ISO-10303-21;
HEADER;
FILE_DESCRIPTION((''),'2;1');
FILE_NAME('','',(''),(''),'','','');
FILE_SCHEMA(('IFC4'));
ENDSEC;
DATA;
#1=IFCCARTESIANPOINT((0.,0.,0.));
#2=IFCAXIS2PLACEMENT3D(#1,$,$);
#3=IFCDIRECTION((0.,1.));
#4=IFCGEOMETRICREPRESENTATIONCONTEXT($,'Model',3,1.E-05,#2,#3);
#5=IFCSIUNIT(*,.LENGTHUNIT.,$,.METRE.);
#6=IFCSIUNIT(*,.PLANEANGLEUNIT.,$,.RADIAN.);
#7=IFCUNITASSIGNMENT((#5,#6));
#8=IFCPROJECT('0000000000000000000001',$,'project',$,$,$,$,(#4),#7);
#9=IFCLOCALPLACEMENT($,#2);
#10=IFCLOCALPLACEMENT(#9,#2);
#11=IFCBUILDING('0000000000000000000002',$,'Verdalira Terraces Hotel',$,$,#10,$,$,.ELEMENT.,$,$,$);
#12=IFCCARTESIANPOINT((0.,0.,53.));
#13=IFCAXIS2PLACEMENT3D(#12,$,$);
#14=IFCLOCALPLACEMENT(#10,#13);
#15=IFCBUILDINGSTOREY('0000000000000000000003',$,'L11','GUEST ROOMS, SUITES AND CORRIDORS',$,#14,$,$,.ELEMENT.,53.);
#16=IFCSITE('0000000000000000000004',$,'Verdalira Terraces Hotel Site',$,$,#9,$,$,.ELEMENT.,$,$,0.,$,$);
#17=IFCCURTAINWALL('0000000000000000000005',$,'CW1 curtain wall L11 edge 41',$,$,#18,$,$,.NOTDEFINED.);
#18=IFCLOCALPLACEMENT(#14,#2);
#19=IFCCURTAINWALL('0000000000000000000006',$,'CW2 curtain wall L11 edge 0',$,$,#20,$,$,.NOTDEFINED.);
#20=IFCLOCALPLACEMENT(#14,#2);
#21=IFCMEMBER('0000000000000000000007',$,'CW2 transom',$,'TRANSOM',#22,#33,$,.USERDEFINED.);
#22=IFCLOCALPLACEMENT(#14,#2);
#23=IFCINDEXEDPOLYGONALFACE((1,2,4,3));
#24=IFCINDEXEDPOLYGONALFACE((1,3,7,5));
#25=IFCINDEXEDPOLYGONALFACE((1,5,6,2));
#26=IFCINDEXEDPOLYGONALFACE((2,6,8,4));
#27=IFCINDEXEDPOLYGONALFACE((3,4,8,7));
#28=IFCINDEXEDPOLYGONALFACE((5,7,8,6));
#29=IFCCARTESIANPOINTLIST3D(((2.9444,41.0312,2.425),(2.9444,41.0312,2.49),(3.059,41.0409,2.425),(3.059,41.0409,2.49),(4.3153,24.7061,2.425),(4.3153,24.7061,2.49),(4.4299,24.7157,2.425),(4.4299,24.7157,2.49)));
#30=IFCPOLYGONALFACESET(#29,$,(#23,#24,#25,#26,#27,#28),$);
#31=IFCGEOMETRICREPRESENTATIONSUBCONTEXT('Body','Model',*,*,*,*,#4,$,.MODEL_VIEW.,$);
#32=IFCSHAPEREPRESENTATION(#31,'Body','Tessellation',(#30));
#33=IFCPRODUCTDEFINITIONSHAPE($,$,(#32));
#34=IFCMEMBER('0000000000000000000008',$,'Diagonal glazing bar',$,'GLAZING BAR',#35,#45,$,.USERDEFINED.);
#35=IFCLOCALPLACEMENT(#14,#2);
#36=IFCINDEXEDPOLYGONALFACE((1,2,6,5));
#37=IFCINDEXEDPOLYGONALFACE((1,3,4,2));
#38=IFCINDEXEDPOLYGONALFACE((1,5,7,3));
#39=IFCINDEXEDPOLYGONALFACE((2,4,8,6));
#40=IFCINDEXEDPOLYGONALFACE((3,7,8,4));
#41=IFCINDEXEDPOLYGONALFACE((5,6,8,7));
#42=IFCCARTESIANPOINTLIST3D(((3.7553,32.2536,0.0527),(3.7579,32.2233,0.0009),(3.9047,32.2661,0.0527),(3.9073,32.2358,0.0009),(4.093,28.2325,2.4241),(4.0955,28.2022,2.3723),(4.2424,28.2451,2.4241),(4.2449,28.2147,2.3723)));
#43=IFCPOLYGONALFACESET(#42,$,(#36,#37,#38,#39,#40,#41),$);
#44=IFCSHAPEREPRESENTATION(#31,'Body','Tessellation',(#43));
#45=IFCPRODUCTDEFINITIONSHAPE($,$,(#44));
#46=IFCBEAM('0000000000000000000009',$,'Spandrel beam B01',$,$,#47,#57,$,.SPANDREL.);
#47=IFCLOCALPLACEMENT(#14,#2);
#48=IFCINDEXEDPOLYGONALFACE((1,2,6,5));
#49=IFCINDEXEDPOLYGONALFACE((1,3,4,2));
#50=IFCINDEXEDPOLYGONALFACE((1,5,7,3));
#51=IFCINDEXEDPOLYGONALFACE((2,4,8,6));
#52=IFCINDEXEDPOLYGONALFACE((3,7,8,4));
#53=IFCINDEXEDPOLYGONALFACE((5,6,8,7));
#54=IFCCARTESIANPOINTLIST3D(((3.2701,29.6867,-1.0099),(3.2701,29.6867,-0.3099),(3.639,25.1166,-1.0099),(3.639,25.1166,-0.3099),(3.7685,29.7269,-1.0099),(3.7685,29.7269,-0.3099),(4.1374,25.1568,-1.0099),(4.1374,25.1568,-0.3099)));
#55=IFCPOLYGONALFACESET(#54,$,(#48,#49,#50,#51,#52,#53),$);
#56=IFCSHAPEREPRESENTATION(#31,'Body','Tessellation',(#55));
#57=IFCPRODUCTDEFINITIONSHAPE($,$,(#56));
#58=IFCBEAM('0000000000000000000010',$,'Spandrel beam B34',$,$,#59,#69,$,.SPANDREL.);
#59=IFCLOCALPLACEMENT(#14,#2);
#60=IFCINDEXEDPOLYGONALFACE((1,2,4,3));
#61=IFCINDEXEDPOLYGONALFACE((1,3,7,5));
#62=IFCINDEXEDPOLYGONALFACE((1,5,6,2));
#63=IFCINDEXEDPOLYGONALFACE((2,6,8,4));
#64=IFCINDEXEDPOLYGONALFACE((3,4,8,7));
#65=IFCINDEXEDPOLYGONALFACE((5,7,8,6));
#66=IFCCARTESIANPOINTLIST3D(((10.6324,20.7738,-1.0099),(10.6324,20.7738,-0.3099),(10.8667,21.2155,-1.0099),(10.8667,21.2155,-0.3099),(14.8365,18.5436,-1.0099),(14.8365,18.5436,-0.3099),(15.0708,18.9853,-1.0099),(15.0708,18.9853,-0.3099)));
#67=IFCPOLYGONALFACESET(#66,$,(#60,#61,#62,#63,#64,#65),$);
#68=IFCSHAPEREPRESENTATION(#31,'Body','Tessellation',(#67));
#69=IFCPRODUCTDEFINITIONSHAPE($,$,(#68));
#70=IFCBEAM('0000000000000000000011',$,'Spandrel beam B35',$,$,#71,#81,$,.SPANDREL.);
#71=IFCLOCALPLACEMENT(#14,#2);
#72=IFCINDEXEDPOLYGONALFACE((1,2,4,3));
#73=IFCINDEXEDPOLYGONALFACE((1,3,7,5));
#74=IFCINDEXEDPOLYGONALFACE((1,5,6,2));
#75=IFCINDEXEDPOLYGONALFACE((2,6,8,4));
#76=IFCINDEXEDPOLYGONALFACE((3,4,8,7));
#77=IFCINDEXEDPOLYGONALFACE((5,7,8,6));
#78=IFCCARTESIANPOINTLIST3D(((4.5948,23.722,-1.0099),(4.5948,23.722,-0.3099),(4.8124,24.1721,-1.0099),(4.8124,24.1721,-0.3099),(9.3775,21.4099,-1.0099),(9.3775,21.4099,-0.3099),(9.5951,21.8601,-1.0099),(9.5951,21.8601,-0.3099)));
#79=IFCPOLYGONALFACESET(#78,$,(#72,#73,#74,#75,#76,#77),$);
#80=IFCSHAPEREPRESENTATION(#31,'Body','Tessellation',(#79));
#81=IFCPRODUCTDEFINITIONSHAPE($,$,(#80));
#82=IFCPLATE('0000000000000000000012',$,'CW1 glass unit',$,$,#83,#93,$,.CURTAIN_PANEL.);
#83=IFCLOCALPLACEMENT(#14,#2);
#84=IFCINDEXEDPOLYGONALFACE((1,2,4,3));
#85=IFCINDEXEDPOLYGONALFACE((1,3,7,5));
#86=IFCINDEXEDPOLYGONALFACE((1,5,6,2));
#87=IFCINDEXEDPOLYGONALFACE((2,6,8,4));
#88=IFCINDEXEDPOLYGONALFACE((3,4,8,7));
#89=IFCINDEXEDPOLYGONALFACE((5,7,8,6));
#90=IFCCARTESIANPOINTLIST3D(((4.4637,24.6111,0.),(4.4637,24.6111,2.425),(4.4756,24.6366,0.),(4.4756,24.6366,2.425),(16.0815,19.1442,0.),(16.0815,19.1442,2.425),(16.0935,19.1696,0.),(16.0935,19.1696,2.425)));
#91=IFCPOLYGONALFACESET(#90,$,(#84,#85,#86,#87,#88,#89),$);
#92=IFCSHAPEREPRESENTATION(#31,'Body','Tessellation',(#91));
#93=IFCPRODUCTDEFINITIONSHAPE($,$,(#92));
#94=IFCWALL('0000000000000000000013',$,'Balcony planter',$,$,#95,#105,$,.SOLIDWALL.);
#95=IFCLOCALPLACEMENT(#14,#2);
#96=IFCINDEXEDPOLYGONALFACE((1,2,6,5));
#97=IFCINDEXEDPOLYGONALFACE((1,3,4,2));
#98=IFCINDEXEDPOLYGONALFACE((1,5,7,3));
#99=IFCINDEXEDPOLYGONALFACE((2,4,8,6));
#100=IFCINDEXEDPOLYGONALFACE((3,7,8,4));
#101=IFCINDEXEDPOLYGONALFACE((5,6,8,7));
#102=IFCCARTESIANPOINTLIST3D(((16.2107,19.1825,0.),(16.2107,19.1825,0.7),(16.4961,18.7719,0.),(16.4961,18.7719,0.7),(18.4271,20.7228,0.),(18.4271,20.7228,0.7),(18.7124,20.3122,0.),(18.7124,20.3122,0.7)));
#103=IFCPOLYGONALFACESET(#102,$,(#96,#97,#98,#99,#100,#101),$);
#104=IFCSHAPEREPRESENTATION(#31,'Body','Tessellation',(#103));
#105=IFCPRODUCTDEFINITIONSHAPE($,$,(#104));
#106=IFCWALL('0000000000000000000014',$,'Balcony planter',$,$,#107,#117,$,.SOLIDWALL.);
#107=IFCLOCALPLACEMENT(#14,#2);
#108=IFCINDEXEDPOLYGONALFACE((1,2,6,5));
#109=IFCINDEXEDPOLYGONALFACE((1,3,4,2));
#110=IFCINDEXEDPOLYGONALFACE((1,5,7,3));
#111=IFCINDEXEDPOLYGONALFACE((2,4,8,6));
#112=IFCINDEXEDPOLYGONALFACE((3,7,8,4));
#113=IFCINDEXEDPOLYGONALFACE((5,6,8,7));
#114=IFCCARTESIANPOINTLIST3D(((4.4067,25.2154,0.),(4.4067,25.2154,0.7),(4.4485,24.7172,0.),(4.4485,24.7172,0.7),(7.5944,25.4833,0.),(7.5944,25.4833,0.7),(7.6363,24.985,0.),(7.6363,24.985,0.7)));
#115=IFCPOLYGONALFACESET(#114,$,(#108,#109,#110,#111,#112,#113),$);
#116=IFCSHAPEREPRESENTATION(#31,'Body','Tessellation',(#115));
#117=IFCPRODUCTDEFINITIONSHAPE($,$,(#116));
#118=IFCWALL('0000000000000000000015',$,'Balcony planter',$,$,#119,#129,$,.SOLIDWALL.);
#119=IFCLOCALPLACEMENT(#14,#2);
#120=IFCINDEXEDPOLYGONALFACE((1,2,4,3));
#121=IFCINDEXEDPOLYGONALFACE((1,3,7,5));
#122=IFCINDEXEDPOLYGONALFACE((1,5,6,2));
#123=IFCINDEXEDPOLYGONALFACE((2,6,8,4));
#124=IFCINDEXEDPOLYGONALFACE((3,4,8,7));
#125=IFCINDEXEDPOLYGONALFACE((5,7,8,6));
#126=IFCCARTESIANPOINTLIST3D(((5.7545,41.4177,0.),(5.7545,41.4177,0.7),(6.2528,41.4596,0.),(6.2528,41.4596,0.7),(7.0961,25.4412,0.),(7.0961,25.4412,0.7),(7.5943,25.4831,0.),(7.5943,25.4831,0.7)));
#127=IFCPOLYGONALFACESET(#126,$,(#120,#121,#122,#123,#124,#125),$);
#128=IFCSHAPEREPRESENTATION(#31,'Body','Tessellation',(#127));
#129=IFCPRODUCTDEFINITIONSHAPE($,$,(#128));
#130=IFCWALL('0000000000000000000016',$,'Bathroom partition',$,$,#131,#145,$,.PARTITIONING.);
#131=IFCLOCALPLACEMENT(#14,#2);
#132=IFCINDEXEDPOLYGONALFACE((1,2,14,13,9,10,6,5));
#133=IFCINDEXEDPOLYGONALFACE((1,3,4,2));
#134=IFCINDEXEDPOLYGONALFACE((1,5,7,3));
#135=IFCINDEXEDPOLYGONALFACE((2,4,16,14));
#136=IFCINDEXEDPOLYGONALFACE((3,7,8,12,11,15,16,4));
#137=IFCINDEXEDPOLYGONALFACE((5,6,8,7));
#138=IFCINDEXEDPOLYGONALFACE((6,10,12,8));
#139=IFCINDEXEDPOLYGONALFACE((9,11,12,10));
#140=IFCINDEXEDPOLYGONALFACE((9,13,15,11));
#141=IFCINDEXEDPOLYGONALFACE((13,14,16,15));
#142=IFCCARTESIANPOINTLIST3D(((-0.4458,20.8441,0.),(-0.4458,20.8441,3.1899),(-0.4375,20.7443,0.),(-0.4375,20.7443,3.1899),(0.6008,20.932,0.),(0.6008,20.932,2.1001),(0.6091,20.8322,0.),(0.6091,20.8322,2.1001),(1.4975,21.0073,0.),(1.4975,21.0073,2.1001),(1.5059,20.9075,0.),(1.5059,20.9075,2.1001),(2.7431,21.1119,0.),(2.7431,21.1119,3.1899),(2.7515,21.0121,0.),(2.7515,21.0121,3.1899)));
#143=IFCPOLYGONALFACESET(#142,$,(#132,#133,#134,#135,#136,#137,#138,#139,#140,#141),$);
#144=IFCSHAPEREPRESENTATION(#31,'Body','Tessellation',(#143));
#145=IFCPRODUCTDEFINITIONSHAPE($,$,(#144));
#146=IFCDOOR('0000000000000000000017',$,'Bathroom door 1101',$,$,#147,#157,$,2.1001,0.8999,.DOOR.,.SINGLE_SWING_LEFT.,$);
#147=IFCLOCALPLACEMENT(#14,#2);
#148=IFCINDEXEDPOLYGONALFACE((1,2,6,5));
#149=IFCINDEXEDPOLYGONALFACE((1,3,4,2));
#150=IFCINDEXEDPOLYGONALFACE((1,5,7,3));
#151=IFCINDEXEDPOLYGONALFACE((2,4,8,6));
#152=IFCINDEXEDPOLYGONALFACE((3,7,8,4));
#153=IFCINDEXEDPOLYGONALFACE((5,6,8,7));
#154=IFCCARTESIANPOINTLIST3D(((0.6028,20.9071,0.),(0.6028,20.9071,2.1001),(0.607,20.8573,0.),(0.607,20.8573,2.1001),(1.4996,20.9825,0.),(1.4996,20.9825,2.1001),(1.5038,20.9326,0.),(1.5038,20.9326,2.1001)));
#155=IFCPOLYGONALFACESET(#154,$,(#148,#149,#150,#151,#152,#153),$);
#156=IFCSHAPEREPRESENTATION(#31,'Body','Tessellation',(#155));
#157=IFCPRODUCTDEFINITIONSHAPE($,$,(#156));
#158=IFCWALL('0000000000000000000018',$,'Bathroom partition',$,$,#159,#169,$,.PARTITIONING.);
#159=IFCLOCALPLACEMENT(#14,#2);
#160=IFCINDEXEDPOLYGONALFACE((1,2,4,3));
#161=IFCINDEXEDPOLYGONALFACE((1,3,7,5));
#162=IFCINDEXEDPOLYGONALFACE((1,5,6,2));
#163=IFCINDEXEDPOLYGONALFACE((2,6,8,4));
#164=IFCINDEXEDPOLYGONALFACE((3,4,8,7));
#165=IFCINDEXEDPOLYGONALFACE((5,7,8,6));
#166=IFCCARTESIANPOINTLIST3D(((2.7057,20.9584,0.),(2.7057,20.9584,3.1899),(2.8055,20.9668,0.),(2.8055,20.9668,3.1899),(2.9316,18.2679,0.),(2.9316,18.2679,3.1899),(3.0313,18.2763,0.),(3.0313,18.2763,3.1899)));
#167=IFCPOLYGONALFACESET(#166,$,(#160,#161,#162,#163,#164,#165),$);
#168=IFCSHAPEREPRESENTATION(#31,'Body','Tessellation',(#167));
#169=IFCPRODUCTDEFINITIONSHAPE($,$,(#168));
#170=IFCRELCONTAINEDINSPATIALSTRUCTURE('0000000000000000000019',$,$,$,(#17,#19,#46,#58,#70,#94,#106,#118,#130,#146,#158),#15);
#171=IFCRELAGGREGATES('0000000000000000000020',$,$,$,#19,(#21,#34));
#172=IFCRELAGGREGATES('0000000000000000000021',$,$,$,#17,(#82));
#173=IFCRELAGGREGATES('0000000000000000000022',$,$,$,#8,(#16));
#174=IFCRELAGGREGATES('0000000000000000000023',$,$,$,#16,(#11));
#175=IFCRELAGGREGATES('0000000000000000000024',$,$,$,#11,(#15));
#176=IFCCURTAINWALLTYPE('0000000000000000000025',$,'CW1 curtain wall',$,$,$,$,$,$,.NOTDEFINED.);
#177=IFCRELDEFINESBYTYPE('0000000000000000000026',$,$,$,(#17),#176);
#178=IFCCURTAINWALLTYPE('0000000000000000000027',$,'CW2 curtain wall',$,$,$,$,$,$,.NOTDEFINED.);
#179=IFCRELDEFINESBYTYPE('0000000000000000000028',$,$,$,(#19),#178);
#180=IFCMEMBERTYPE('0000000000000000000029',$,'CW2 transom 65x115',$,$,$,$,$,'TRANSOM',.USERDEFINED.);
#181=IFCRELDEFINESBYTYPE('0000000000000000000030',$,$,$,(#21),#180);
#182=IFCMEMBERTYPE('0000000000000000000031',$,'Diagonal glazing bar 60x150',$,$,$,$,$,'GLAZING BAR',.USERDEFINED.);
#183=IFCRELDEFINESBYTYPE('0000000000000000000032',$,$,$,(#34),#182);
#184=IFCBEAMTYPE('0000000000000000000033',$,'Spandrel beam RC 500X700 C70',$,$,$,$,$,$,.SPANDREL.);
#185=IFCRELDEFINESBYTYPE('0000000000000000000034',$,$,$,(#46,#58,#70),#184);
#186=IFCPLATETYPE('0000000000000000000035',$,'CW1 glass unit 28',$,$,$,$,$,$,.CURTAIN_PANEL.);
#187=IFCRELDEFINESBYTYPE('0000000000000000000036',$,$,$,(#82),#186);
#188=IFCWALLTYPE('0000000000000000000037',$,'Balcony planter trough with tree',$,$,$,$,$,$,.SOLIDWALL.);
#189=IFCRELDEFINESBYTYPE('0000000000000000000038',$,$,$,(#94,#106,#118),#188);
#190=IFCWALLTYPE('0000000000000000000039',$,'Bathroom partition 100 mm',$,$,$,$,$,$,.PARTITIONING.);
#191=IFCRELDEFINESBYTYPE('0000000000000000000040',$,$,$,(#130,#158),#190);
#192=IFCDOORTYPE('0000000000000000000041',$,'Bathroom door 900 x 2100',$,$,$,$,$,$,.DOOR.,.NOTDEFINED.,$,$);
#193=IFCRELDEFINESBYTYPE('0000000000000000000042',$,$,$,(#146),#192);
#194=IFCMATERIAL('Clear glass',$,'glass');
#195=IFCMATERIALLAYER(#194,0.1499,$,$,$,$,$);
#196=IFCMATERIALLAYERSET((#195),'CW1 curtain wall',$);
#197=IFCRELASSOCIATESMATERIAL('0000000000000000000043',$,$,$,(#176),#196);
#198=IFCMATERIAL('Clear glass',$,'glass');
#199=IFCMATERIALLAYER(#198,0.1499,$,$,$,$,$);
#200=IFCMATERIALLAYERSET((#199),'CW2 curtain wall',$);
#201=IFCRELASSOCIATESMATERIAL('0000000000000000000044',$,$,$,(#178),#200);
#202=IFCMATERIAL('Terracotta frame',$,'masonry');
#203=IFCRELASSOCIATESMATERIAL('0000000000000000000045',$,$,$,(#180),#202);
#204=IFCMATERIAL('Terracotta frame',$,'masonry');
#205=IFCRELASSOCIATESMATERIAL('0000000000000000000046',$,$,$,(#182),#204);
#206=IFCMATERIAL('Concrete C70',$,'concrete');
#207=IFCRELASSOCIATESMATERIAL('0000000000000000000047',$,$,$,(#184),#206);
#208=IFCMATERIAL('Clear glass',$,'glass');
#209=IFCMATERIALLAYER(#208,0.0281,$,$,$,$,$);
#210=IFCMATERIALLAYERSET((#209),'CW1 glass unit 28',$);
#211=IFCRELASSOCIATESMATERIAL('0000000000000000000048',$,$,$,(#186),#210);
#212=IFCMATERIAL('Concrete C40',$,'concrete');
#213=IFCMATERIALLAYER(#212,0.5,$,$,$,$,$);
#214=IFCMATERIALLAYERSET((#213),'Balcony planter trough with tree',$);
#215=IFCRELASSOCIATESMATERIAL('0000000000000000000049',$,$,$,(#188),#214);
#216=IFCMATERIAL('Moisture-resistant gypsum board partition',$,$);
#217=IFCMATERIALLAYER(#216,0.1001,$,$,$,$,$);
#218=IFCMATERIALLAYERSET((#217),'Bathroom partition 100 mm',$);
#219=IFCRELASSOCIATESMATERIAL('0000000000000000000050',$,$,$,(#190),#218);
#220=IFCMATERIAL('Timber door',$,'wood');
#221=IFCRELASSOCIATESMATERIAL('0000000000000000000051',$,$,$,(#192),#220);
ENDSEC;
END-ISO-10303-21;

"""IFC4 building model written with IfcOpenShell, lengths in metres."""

from ifc_helpers import new_model, si_unit, direction, frame, frame_2d, origin, origin_2d, place, context, subcontext, project, spatial, rectangle, extrude, material, layer, layer_set, material_profile, profile_set, type_object, element, fill, aggregate, save


model = new_model("IFC4")

# Units and contexts
model_context = context("Model", 3, precision=1e-05, world=origin(), true_north=direction((0.0, 1.0)))
body_context = subcontext(model_context, "Body", "Model", "MODEL_VIEW")
ifc_project = project(units=[si_unit("LENGTHUNIT", "METRE"), si_unit("PLANEANGLEUNIT", "RADIAN")], contexts=[model_context])

# Site, building, storey
site_placement = place(None, origin())
site = spatial("IfcSite", under=ifc_project, at=site_placement, Name="Verdalira Terraces Hotel Site", CompositionType="ELEMENT", RefElevation=0.0)
building_placement = place(site_placement, origin())
building = spatial("IfcBuilding", under=site, at=building_placement, Name="Verdalira Terraces Hotel", CompositionType="ELEMENT")
storey_placement = place(building_placement, frame((0.0, 0.0, 53.0)))
storey = spatial("IfcBuildingStorey", under=building, at=storey_placement, Name="L11", Description="GUEST ROOMS, SUITES AND CORRIDORS", CompositionType="ELEMENT", Elevation=53.0)

# Shared definitions
ifc_material_1 = material(Name="Clear glass", Category="glass")
ifc_layer_1 = layer(ifc_material_1, 0.1499)
ifc_layer_set_1 = layer_set([ifc_layer_1], Name="CW1 curtain wall")
curtain_wall_type_1 = type_object("IfcCurtainWallType", Name="CW1 curtain wall", PredefinedType="NOTDEFINED", material=ifc_layer_set_1)

# Curtain walls, members
curtain_wall_1_placement = place(storey_placement, origin())
curtain_wall_1 = element("IfcCurtainWall", 1, at=curtain_wall_1_placement, inside=storey, type_object=curtain_wall_type_1, Name="CW1 curtain wall L11 edge 41", PredefinedType="NOTDEFINED")
ifc_material_2 = material(Name="Clear glass", Category="glass")
ifc_layer_2 = layer(ifc_material_2, 0.1499)
ifc_layer_set_2 = layer_set([ifc_layer_2], Name="CW2 curtain wall")
curtain_wall_type_2 = type_object("IfcCurtainWallType", Name="CW2 curtain wall", PredefinedType="NOTDEFINED", material=ifc_layer_set_2)
curtain_wall_2_placement = place(storey_placement, origin())
curtain_wall_2 = element("IfcCurtainWall", 2, at=curtain_wall_2_placement, inside=storey, type_object=curtain_wall_type_2, Name="CW2 curtain wall L11 edge 0", PredefinedType="NOTDEFINED")
ifc_material_3 = material(Name="Terracotta frame", Category="masonry")
ifc_material_profile_1 = material_profile(ifc_material_3, rectangle(XDim=0.115, YDim=0.0649, at=origin_2d()), Name="TR 65x115")
ifc_profile_set_1 = profile_set([ifc_material_profile_1], Name="Terracotta frame")
member_type_1 = type_object("IfcMemberType", Name="CW2 transom 65x115", ElementType="TRANSOM", PredefinedType="USERDEFINED", material=ifc_profile_set_1)
member_1_placement = place(storey_placement, frame((4.3726, 24.7109, 2.4575), z_axis=(-0.083677, 0.996493, 0.0), x_axis=(-0.996493, -0.083677, 0.0)))
member_1 = element("IfcMember", 3, at=member_1_placement, type_object=member_type_1, Name="CW2 transom", ObjectType="TRANSOM", PredefinedType="USERDEFINED", context=body_context, shape_type="SweptSolid", body=[
    extrude(rectangle(XDim=0.115, YDim=0.0649, at=origin_2d()), origin(), (0.0, 0.0, 1.0), 16.3826),
])
ifc_material_4 = material(Name="Terracotta frame", Category="masonry")
ifc_material_profile_2 = material_profile(ifc_material_4, rectangle(XDim=0.1499, YDim=0.0601, at=origin_2d()), Name="GB 60x150")
ifc_profile_set_2 = profile_set([ifc_material_profile_2], Name="Terracotta frame")
member_type_2 = type_object("IfcMemberType", Name="Diagonal glazing bar 60x150", ElementType="GLAZING BAR", PredefinedType="USERDEFINED", material=ifc_profile_set_2)
member_2_placement = place(storey_placement, frame((4.1689, 28.2236, 2.3982), z_axis=(-0.072141, 0.859123, -0.506658), x_axis=(-0.996493, -0.083676, 0.0)))
member_2 = element("IfcMember", 4, at=member_2_placement, type_object=member_type_2, Name="Diagonal glazing bar", ObjectType="GLAZING BAR", PredefinedType="USERDEFINED", context=body_context, shape_type="SweptSolid", body=[
    extrude(rectangle(XDim=0.1499, YDim=0.0601, at=origin_2d()), origin(), (0.0, 0.0, 1.0), 4.6804),
])
aggregate(curtain_wall_2, [member_1, member_2])

# Beams
ifc_material_5 = material(Name="Concrete C70", Category="concrete")
ifc_material_profile_3 = material_profile(ifc_material_5, rectangle(XDim=0.5, YDim=0.7, at=origin_2d()), Name="RC 500X700")
ifc_profile_set_3 = profile_set([ifc_material_profile_3], Name="Concrete C70")
beam_type_1 = type_object("IfcBeamType", Name="Spandrel beam RC 500X700 C70", PredefinedType="SPANDREL", material=ifc_profile_set_3)
beam_1_placement = place(storey_placement, frame((3.8882, 25.1367, -0.6599), z_axis=(-0.080458, 0.996758, 0.0), x_axis=(-0.996758, -0.080458, 0.0)))
element("IfcBeam", 5, at=beam_1_placement, inside=storey, type_object=beam_type_1, Name="Spandrel beam B01", PredefinedType="SPANDREL", context=body_context, shape_type="SweptSolid", body=[
    extrude(rectangle(XDim=0.5, YDim=0.7, at=origin_2d()), origin(), (0.0, 0.0, 1.0), 4.585),
])
beam_2_placement = place(storey_placement, frame((14.9536, 18.7644, -0.6599), z_axis=(-0.883395, 0.46863, 0.0), x_axis=(-0.46863, -0.883395, 0.0)))
element("IfcBeam", 6, at=beam_2_placement, inside=storey, type_object=beam_type_1, Name="Spandrel beam B34", PredefinedType="SPANDREL", context=body_context, shape_type="SweptSolid", body=[
    extrude(rectangle(XDim=0.5, YDim=0.7, at=origin_2d()), origin(), (0.0, 0.0, 1.0), 4.759),
])
beam_3_placement = place(storey_placement, frame((9.4863, 21.635, -0.6599), z_axis=(-0.900322, 0.435225, 0.0), x_axis=(-0.435225, -0.900322, 0.0)))
element("IfcBeam", 7, at=beam_3_placement, inside=storey, type_object=beam_type_1, Name="Spandrel beam B35", PredefinedType="SPANDREL", context=body_context, shape_type="SweptSolid", body=[
    extrude(rectangle(XDim=0.5, YDim=0.7, at=origin_2d()), origin(), (0.0, 0.0, 1.0), 5.3123),
])

# Plate
ifc_material_6 = material(Name="Clear glass", Category="glass")
ifc_layer_3 = layer(ifc_material_6, 0.0281)
ifc_layer_set_3 = layer_set([ifc_layer_3], Name="CW1 glass unit 28")
plate_type = type_object("IfcPlateType", Name="CW1 glass unit 28", PredefinedType="CURTAIN_PANEL", material=ifc_layer_set_3)
plate_placement = place(storey_placement, frame((10.2786, 21.8904, 0.0), z_axis=(0.0, 0.0, 1.0), x_axis=(-0.904827, 0.425779, 0.0)))
plate = element("IfcPlate", 8, at=plate_placement, type_object=plate_type, Name="CW1 glass unit", PredefinedType="CURTAIN_PANEL", context=body_context, shape_type="SweptSolid", body=[
    extrude(rectangle(XDim=12.8398, YDim=0.0281, at=origin_2d()), origin(), (0.0, 0.0, 1.0), 2.425),
])
aggregate(curtain_wall_1, [plate])

# Walls
ifc_material_7 = material(Name="Concrete C40", Category="concrete")
ifc_layer_4 = layer(ifc_material_7, 0.5)
ifc_layer_set_4 = layer_set([ifc_layer_4], Name="Balcony planter trough with tree")
wall_type_1 = type_object("IfcWallType", Name="Balcony planter trough with tree", PredefinedType="SOLIDWALL", material=ifc_layer_set_4)
wall_1_placement = place(storey_placement, frame((18.5698, 20.5176, 0.0), z_axis=(0.0, 0.0, 1.0), x_axis=(-0.821165, -0.570691, 0.0)))
element("IfcWall", 9, at=wall_1_placement, inside=storey, type_object=wall_type_1, Name="Balcony planter", PredefinedType="SOLIDWALL", context=body_context, shape_type="SweptSolid", body=[
    extrude(rectangle(XDim=2.699, YDim=0.5, at=frame_2d((1.3496, 0.0))), origin(), (0.0, 0.0, 1.0), 0.7),
])
wall_2_placement = place(storey_placement, frame((4.4275, 24.9663, 0.0), z_axis=(0.0, 0.0, 1.0), x_axis=(0.996489, 0.083721, 0.0)))
element("IfcWall", 10, at=wall_2_placement, inside=storey, type_object=wall_type_1, Name="Balcony planter", PredefinedType="SOLIDWALL", context=body_context, shape_type="SweptSolid", body=[
    extrude(rectangle(XDim=3.199, YDim=0.5, at=frame_2d((1.5996, 0.0))), origin(), (0.0, 0.0, 1.0), 0.7),
])
wall_3_placement = place(storey_placement, frame((7.3452, 25.4622, 0.0), z_axis=(0.0, 0.0, 1.0), x_axis=(-0.083676, 0.996493, 0.0)))
element("IfcWall", 11, at=wall_3_placement, inside=storey, type_object=wall_type_1, Name="Balcony planter", PredefinedType="SOLIDWALL", context=body_context, shape_type="SweptSolid", body=[
    extrude(rectangle(XDim=16.0327, YDim=0.5, at=frame_2d((8.0164, 0.0))), origin(), (0.0, 0.0, 1.0), 0.7),
])

# Wall, opening, door
ifc_material_8 = material(Name="Moisture-resistant gypsum board partition")
ifc_layer_5 = layer(ifc_material_8, 0.1001)
ifc_layer_set_5 = layer_set([ifc_layer_5], Name="Bathroom partition 100 mm")
wall_type_2 = type_object("IfcWallType", Name="Bathroom partition 100 mm", PredefinedType="PARTITIONING", material=ifc_layer_set_5)
wall_4_placement = place(storey_placement, frame((2.7473, 21.062, 0.0), z_axis=(0.0, 0.0, 1.0), x_axis=(-0.996492, -0.083689, 0.0)))
wall_4 = element("IfcWall", 12, at=wall_4_placement, inside=storey, type_object=wall_type_2, Name="Bathroom partition", PredefinedType="PARTITIONING", context=body_context, shape_type="SweptSolid", body=[
    extrude(rectangle(XDim=3.2002, YDim=0.1001, at=frame_2d((1.6001, 0.0))), origin(), (0.0, 0.0, 1.0), 3.1899),
])
opening_1_placement = place(wall_4_placement, frame((1.25, 0.0, 0.0)))
opening_1 = element("IfcOpeningElement", 13, at=opening_1_placement, cuts=wall_4, PredefinedType="OPENING", context=body_context, shape_type="SweptSolid", body=[
    extrude(rectangle(XDim=0.8999, YDim=2.1001, at=frame_2d((0.45, 1.05))), frame((0.0, 0.0601, 0.0), z_axis=(0.0, -1.0, 0.0), x_axis=(1.0, 0.0, 0.0)), (0.0, 0.0, 1.0), 0.1201),
])
ifc_material_9 = material(Name="Timber door", Category="wood")
door_type_1 = type_object("IfcDoorType", Name="Bathroom door 900 x 2100", OperationType="NOTDEFINED", PredefinedType="DOOR", material=ifc_material_9)
door_1_placement = place(opening_1_placement, origin())
door_1 = element("IfcDoor", 14, at=door_1_placement, inside=storey, type_object=door_type_1, Name="Bathroom door 1101", OperationType="SINGLE_SWING_LEFT", OverallHeight=2.1001, OverallWidth=0.8999, PredefinedType="DOOR", context=body_context, shape_type="SweptSolid", body=[
    extrude(rectangle(XDim=0.8999, YDim=2.1001, at=frame_2d((0.45, 1.05))), frame((0.0, 0.0249, 0.0), z_axis=(0.0, -1.0, 0.0), x_axis=(1.0, 0.0, 0.0)), (0.0, 0.0, 1.0), 0.05),
])
fill(opening_1, door_1)

# Wall
wall_5_placement = place(storey_placement, frame((2.9814, 18.272, 0.0), z_axis=(0.0, 0.0, 1.0), x_axis=(-0.083644, 0.996496, 0.0)))
element("IfcWall", 15, at=wall_5_placement, inside=storey, type_object=wall_type_2, Name="Bathroom partition", PredefinedType="PARTITIONING", context=body_context, shape_type="SweptSolid", body=[
    extrude(rectangle(XDim=2.7, YDim=0.1001, at=frame_2d((1.3501, 0.0))), origin(), (0.0, 0.0, 1.0), 3.1899),
])

save(model, "model.ifc")
